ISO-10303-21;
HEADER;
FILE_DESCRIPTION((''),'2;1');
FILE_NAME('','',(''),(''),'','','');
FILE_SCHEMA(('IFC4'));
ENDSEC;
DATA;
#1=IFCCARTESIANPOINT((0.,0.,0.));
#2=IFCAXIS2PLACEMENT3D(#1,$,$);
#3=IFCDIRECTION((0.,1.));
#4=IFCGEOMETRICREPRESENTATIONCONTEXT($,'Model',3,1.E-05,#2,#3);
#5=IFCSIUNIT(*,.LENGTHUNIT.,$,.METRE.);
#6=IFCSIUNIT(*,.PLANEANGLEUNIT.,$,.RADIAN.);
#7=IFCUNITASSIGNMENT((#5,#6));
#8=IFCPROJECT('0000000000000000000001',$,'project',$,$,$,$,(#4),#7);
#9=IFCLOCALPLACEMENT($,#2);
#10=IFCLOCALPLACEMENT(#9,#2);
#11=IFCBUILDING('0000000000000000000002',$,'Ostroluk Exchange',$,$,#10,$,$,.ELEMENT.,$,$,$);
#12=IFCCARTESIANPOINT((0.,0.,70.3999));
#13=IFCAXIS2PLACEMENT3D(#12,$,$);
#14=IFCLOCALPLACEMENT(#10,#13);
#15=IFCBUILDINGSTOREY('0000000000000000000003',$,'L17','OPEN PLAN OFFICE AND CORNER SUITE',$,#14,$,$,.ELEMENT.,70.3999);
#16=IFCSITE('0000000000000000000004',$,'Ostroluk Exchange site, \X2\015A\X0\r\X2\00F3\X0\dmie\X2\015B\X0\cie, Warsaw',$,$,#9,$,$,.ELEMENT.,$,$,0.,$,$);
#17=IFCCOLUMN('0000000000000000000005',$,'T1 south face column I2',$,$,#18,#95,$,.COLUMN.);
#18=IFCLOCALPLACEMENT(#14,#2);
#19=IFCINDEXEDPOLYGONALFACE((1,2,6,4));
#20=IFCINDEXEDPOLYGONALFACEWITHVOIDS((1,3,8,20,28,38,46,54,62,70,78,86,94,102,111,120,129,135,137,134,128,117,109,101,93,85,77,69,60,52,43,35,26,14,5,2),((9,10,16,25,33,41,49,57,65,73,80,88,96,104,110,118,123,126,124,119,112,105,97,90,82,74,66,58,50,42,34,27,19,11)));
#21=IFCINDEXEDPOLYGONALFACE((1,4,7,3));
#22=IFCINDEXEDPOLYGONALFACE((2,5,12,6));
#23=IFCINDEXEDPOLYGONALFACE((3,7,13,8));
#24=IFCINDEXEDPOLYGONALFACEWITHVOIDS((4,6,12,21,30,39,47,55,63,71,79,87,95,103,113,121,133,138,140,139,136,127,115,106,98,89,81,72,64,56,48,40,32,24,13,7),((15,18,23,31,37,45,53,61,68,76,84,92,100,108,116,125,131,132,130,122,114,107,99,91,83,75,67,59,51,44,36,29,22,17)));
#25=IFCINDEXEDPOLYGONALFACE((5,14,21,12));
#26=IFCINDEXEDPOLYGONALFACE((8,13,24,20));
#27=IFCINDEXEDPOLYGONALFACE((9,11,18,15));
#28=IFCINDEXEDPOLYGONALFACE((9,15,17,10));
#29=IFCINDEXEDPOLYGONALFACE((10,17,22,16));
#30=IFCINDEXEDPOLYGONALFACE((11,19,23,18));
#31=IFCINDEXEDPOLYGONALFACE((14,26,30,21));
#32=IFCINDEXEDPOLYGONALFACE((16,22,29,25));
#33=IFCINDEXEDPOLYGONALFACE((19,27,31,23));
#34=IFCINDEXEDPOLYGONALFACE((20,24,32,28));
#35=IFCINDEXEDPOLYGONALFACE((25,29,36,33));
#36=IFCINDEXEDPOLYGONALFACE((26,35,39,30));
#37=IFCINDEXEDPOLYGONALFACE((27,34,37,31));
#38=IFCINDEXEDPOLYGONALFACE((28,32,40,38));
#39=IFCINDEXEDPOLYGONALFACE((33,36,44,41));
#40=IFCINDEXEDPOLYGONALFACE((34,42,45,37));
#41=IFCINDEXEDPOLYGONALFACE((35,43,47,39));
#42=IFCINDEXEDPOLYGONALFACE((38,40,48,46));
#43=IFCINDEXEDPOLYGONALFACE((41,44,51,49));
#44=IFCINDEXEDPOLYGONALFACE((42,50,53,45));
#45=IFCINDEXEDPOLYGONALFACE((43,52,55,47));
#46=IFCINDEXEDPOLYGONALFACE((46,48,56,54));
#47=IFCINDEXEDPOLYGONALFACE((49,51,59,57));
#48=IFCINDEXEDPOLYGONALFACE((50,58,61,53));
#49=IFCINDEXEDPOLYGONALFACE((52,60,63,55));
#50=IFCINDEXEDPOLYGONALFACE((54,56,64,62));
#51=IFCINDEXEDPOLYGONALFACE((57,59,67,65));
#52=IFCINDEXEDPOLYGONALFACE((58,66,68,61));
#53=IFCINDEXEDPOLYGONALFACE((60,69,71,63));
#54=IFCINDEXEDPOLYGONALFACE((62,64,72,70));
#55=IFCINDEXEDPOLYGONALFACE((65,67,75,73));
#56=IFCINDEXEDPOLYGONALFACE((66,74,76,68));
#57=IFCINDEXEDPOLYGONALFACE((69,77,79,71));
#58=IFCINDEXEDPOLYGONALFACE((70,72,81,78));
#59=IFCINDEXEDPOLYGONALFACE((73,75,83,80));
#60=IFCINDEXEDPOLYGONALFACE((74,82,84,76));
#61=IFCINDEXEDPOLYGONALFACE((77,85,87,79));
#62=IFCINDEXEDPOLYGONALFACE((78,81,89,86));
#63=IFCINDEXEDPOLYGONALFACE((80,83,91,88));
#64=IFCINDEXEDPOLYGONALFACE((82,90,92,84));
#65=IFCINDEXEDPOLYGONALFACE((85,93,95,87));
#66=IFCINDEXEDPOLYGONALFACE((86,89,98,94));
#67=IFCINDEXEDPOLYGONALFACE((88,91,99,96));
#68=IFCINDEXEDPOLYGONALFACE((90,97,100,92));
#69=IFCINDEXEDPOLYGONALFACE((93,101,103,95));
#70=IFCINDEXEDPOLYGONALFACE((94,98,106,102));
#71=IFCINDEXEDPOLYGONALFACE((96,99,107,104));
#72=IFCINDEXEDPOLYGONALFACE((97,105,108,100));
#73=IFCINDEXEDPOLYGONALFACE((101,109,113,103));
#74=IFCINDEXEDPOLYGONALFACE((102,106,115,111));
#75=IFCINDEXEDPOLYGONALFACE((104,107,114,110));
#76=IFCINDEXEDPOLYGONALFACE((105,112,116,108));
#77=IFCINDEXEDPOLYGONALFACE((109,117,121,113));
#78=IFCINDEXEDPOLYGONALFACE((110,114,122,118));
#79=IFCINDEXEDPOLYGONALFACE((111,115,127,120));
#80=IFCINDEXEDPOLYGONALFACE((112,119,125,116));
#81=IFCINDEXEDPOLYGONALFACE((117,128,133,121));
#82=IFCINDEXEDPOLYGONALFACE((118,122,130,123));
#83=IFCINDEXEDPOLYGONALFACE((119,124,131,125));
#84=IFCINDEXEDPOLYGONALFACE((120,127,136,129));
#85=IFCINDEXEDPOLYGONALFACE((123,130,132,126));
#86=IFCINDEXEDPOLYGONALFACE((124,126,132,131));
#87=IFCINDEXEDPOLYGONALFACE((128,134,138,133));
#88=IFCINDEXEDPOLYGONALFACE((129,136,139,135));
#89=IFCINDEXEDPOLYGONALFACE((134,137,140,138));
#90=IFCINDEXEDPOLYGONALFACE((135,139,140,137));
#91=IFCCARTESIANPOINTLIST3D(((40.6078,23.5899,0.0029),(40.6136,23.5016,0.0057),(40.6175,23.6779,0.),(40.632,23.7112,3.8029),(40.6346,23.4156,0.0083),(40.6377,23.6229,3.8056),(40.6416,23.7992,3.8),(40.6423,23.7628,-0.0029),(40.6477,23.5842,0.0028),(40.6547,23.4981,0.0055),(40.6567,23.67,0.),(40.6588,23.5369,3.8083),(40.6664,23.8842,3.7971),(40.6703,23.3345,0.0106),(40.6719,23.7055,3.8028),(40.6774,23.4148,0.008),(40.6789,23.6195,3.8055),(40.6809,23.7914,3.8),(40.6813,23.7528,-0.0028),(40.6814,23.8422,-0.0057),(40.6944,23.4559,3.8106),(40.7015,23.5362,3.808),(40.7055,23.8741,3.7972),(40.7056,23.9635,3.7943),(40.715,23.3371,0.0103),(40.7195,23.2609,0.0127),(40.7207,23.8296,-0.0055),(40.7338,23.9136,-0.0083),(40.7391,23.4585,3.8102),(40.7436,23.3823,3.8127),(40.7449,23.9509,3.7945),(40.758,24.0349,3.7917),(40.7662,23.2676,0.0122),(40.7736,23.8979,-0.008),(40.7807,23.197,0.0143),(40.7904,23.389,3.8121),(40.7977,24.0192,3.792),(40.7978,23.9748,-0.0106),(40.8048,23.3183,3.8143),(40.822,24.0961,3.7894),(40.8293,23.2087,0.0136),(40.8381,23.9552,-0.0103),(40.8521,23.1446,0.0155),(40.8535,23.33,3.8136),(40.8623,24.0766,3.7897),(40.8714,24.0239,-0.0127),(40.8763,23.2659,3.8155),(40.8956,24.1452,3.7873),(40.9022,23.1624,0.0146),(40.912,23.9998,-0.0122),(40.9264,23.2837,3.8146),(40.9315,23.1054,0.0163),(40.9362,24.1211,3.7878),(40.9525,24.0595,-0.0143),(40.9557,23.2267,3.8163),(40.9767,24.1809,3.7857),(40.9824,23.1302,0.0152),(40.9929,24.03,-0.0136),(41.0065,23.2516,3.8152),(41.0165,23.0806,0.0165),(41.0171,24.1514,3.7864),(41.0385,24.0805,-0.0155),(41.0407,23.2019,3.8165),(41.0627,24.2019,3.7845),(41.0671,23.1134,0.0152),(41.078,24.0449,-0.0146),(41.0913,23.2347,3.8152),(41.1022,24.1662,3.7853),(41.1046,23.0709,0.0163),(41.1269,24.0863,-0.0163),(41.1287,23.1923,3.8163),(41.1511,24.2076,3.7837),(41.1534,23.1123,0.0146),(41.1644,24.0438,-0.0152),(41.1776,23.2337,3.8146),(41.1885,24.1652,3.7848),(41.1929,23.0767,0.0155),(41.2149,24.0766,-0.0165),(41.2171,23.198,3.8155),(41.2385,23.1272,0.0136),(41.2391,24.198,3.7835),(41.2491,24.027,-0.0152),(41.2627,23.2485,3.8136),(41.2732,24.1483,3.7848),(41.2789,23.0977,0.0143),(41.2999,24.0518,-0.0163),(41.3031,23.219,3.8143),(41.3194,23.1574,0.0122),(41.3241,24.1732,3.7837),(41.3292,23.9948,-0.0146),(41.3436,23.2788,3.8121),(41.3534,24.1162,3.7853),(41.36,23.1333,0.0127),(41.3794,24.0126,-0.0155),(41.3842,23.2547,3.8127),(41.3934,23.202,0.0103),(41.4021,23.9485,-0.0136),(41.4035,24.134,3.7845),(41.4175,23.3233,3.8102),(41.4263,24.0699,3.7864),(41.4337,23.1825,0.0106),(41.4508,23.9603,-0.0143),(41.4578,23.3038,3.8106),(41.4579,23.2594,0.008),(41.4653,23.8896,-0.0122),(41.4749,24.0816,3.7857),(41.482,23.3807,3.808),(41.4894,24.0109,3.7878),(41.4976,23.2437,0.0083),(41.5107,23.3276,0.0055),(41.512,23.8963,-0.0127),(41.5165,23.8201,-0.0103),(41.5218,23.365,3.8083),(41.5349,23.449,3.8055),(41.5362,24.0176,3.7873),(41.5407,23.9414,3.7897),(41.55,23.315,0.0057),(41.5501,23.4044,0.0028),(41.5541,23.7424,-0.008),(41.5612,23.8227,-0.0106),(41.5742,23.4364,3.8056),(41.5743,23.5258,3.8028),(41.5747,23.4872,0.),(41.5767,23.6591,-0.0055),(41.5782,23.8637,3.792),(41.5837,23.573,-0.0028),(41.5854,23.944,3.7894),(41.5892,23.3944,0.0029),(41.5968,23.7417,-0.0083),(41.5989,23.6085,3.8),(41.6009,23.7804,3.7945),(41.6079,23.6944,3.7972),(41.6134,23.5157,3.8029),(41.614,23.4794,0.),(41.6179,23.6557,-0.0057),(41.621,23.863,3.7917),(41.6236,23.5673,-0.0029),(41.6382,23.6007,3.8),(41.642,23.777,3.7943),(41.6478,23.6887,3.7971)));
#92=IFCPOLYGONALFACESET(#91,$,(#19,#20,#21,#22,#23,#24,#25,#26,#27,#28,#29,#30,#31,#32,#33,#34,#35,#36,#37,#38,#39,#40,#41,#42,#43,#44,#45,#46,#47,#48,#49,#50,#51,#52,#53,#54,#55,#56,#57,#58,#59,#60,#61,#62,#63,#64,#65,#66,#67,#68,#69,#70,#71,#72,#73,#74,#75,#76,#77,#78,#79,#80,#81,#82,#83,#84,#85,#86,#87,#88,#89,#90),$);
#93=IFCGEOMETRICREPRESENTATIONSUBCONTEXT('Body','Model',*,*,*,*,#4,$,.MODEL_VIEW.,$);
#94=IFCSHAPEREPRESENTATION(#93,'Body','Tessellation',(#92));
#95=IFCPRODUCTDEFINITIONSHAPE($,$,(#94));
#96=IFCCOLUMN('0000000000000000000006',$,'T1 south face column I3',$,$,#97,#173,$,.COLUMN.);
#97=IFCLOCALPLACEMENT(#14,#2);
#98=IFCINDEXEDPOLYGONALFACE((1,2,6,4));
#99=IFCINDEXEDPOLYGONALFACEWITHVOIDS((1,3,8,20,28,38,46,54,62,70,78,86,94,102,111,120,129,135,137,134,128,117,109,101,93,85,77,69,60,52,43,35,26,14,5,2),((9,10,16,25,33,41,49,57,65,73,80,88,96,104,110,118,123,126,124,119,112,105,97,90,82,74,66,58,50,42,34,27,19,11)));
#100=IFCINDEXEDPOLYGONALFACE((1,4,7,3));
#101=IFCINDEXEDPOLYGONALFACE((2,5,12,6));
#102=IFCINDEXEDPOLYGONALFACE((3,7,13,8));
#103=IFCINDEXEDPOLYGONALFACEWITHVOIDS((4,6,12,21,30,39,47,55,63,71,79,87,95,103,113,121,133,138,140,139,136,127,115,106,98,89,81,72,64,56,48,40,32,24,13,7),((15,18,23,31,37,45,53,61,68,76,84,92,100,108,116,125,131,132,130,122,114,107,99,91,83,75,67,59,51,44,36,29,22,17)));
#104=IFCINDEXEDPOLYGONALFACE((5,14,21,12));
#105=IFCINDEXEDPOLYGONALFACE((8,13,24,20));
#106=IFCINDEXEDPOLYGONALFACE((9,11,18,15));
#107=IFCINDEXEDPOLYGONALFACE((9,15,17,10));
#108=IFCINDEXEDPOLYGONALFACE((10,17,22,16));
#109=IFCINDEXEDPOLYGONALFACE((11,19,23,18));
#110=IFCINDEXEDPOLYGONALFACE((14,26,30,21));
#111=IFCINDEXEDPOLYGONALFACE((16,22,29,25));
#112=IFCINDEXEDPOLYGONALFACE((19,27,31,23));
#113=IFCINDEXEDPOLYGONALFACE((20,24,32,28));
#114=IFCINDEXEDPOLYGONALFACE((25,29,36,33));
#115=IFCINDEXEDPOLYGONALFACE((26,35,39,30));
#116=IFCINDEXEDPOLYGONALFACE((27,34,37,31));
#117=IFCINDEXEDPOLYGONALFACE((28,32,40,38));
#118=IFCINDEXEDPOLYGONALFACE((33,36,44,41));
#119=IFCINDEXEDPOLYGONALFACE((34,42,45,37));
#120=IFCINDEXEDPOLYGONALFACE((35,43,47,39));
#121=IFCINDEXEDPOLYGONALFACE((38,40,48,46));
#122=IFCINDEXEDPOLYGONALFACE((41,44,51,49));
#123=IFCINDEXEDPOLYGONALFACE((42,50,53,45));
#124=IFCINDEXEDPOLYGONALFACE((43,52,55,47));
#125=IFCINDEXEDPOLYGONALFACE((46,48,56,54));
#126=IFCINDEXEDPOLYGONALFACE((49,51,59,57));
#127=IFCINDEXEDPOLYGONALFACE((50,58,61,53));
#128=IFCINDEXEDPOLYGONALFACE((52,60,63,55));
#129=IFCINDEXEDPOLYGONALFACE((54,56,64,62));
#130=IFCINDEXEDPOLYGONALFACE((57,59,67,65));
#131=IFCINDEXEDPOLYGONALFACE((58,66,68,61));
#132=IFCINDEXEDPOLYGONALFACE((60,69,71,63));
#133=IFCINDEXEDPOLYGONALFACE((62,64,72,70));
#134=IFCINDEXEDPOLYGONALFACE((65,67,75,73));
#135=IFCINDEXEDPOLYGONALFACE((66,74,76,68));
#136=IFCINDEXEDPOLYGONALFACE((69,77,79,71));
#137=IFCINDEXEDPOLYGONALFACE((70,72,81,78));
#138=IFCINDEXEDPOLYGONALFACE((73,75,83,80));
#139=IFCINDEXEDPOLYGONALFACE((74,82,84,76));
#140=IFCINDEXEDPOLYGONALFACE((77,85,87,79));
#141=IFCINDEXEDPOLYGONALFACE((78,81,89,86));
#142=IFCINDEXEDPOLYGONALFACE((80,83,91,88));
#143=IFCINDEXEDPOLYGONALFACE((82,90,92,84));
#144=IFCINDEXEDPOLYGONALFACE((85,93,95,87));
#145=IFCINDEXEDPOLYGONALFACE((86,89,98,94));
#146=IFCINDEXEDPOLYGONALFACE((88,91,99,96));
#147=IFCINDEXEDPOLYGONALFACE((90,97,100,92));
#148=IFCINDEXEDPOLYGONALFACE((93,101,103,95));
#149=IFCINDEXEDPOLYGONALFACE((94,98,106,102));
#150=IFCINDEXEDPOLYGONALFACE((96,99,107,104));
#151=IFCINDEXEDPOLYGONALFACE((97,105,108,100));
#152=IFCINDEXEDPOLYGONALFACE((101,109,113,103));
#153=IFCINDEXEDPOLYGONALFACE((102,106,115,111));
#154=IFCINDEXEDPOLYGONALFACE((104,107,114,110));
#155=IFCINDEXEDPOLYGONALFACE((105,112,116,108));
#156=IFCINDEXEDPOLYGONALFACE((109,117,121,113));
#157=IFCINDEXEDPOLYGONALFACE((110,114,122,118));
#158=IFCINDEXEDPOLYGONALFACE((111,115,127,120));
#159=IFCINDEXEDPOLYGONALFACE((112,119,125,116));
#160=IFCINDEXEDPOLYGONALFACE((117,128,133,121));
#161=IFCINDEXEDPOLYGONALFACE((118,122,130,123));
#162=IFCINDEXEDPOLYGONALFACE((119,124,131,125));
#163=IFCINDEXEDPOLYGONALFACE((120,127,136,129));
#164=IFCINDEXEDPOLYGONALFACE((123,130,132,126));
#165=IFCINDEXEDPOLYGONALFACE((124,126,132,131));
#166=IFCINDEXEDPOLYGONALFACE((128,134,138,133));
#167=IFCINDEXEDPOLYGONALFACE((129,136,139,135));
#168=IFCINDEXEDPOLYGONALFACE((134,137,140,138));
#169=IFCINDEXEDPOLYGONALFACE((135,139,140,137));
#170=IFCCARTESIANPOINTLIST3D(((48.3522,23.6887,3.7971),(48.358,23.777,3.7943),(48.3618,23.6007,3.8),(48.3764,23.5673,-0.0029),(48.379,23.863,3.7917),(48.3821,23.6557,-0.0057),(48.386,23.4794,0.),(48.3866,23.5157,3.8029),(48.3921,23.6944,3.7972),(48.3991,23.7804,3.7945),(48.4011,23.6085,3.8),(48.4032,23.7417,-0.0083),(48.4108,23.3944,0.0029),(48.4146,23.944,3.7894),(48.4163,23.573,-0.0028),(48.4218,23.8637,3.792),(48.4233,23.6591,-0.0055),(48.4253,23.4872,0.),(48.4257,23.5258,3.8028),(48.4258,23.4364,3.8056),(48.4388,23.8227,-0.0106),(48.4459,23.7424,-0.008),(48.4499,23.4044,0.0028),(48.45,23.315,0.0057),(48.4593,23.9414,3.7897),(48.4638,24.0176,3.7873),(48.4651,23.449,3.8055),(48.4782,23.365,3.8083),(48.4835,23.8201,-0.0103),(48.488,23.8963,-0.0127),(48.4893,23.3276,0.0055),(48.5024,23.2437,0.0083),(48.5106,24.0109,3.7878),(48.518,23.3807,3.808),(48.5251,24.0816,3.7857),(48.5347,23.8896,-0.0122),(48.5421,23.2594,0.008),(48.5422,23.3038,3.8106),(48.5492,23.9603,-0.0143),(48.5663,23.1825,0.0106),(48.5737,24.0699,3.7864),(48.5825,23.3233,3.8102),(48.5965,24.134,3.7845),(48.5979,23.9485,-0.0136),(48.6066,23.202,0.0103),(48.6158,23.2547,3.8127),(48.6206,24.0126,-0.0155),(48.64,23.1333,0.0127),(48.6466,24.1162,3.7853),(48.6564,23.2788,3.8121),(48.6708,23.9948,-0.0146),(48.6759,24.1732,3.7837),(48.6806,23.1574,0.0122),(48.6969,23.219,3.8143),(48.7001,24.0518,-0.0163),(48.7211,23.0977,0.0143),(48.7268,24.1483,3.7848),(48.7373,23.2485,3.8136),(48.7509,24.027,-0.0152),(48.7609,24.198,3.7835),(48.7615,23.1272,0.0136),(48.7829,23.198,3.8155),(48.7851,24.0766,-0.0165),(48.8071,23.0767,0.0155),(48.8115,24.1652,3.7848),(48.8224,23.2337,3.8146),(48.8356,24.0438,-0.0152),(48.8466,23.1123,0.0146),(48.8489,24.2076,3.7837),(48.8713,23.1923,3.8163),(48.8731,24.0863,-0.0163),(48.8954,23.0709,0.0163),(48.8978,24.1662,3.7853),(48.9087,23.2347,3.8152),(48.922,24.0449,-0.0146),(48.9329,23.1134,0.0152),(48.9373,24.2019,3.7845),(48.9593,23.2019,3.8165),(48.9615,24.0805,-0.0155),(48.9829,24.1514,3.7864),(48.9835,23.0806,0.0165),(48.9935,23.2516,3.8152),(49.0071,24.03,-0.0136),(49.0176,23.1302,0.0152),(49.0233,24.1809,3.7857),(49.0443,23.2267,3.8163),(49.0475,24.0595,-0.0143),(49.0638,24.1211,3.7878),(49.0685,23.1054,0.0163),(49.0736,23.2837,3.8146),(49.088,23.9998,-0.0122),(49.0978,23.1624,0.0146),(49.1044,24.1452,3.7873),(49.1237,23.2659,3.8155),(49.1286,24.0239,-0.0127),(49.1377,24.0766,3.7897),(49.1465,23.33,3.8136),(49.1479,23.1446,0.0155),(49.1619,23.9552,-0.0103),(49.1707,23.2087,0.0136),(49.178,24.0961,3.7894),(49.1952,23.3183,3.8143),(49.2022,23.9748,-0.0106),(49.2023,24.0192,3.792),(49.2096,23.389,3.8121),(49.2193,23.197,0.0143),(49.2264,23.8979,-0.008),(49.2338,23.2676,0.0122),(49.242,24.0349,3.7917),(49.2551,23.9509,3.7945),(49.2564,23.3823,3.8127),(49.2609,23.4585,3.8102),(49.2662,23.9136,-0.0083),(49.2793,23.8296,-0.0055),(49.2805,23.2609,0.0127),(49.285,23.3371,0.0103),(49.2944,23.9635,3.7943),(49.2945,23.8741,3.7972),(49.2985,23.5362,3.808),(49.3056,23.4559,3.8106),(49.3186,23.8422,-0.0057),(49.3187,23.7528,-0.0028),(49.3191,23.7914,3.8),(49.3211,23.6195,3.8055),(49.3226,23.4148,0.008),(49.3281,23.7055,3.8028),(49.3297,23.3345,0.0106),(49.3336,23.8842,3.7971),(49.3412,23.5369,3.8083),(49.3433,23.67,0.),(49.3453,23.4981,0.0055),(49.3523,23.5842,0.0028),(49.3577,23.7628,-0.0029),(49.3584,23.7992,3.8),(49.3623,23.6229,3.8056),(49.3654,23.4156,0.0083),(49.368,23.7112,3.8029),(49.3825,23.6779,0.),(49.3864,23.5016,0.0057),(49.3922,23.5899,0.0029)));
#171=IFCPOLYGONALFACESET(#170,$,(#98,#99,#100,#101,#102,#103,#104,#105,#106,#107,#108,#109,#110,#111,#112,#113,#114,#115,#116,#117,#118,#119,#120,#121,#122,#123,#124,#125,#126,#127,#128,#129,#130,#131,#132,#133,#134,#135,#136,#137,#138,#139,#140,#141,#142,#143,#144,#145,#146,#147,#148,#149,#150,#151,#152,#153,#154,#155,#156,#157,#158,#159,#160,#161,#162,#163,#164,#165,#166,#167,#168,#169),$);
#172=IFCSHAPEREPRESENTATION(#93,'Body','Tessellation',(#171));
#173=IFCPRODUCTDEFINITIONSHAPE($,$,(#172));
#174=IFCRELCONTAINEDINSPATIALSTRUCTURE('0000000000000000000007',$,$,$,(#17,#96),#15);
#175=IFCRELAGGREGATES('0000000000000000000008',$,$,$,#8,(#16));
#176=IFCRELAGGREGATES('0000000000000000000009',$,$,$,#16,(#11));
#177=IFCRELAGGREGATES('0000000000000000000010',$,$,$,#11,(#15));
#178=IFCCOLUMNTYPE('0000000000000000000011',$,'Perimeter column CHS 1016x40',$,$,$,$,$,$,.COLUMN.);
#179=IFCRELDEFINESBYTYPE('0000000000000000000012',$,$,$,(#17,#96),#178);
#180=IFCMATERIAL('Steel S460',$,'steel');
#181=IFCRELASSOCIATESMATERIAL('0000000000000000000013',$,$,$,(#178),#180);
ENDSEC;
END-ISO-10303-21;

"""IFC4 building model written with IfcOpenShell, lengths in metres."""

from ifc_helpers import new_model, si_unit, direction, frame, origin, origin_2d, place, context, subcontext, project, spatial, hollow_circle, extrude, material, material_profile, profile_set, type_object, element, save


model = new_model("IFC4")

# Units and contexts
model_context = context("Model", 3, precision=1e-05, world=origin(), true_north=direction((0.0, 1.0)))
body_context = subcontext(model_context, "Body", "Model", "MODEL_VIEW")
ifc_project = project(units=[si_unit("LENGTHUNIT", "METRE"), si_unit("PLANEANGLEUNIT", "RADIAN")], contexts=[model_context])

# Site, building, storey
site_placement = place(None, origin())
site = spatial("IfcSite", under=ifc_project, at=site_placement, Name="Ostroluk Exchange site, Śródmieście, Warsaw", CompositionType="ELEMENT", RefElevation=0.0)
building_placement = place(site_placement, origin())
building = spatial("IfcBuilding", under=site, at=building_placement, Name="Ostroluk Exchange", CompositionType="ELEMENT")
storey_placement = place(building_placement, frame((0.0, 0.0, 70.3999)))
storey = spatial("IfcBuildingStorey", under=building, at=storey_placement, Name="L17", Description="OPEN PLAN OFFICE AND CORNER SUITE", CompositionType="ELEMENT", Elevation=70.3999)

# Columns
ifc_material_1 = material(Name="Steel S460", Category="steel")
ifc_material_profile_1 = material_profile(ifc_material_1, hollow_circle(Radius=0.5081, WallThickness=0.04, at=origin_2d()), Name="CHS 1016x40")
ifc_profile_set_1 = profile_set([ifc_material_profile_1], Name="Steel S460")
column_type = type_object("IfcColumnType", Name="Perimeter column CHS 1016x40", PredefinedType="COLUMN", material=ifc_profile_set_1)
for number, where, z_axis, x_axis, name in (
    (1, (41.1157, 23.5786, 0.0), (0.006357, 0.031914, 0.99947), (-0.980732, 0.195357, 0.0), "T1 south face column I2"),
    (2, (48.8843, 23.5786, 0.0), (-0.006357, 0.031914, 0.99947), (-0.980732, -0.195357, 0.0), "T1 south face column I3"),
):
    element("IfcColumn", number, at=place(storey_placement, frame(where, z_axis=z_axis, x_axis=x_axis)), inside=storey, type_object=column_type, Name=name, PredefinedType="COLUMN", context=body_context, shape_type="SweptSolid", body=[
        extrude(hollow_circle(Radius=0.5081, WallThickness=0.04, at=origin_2d()), origin(), (0.0, 0.0, 1.0), 3.802),
    ])

save(model, "model.ifc")
